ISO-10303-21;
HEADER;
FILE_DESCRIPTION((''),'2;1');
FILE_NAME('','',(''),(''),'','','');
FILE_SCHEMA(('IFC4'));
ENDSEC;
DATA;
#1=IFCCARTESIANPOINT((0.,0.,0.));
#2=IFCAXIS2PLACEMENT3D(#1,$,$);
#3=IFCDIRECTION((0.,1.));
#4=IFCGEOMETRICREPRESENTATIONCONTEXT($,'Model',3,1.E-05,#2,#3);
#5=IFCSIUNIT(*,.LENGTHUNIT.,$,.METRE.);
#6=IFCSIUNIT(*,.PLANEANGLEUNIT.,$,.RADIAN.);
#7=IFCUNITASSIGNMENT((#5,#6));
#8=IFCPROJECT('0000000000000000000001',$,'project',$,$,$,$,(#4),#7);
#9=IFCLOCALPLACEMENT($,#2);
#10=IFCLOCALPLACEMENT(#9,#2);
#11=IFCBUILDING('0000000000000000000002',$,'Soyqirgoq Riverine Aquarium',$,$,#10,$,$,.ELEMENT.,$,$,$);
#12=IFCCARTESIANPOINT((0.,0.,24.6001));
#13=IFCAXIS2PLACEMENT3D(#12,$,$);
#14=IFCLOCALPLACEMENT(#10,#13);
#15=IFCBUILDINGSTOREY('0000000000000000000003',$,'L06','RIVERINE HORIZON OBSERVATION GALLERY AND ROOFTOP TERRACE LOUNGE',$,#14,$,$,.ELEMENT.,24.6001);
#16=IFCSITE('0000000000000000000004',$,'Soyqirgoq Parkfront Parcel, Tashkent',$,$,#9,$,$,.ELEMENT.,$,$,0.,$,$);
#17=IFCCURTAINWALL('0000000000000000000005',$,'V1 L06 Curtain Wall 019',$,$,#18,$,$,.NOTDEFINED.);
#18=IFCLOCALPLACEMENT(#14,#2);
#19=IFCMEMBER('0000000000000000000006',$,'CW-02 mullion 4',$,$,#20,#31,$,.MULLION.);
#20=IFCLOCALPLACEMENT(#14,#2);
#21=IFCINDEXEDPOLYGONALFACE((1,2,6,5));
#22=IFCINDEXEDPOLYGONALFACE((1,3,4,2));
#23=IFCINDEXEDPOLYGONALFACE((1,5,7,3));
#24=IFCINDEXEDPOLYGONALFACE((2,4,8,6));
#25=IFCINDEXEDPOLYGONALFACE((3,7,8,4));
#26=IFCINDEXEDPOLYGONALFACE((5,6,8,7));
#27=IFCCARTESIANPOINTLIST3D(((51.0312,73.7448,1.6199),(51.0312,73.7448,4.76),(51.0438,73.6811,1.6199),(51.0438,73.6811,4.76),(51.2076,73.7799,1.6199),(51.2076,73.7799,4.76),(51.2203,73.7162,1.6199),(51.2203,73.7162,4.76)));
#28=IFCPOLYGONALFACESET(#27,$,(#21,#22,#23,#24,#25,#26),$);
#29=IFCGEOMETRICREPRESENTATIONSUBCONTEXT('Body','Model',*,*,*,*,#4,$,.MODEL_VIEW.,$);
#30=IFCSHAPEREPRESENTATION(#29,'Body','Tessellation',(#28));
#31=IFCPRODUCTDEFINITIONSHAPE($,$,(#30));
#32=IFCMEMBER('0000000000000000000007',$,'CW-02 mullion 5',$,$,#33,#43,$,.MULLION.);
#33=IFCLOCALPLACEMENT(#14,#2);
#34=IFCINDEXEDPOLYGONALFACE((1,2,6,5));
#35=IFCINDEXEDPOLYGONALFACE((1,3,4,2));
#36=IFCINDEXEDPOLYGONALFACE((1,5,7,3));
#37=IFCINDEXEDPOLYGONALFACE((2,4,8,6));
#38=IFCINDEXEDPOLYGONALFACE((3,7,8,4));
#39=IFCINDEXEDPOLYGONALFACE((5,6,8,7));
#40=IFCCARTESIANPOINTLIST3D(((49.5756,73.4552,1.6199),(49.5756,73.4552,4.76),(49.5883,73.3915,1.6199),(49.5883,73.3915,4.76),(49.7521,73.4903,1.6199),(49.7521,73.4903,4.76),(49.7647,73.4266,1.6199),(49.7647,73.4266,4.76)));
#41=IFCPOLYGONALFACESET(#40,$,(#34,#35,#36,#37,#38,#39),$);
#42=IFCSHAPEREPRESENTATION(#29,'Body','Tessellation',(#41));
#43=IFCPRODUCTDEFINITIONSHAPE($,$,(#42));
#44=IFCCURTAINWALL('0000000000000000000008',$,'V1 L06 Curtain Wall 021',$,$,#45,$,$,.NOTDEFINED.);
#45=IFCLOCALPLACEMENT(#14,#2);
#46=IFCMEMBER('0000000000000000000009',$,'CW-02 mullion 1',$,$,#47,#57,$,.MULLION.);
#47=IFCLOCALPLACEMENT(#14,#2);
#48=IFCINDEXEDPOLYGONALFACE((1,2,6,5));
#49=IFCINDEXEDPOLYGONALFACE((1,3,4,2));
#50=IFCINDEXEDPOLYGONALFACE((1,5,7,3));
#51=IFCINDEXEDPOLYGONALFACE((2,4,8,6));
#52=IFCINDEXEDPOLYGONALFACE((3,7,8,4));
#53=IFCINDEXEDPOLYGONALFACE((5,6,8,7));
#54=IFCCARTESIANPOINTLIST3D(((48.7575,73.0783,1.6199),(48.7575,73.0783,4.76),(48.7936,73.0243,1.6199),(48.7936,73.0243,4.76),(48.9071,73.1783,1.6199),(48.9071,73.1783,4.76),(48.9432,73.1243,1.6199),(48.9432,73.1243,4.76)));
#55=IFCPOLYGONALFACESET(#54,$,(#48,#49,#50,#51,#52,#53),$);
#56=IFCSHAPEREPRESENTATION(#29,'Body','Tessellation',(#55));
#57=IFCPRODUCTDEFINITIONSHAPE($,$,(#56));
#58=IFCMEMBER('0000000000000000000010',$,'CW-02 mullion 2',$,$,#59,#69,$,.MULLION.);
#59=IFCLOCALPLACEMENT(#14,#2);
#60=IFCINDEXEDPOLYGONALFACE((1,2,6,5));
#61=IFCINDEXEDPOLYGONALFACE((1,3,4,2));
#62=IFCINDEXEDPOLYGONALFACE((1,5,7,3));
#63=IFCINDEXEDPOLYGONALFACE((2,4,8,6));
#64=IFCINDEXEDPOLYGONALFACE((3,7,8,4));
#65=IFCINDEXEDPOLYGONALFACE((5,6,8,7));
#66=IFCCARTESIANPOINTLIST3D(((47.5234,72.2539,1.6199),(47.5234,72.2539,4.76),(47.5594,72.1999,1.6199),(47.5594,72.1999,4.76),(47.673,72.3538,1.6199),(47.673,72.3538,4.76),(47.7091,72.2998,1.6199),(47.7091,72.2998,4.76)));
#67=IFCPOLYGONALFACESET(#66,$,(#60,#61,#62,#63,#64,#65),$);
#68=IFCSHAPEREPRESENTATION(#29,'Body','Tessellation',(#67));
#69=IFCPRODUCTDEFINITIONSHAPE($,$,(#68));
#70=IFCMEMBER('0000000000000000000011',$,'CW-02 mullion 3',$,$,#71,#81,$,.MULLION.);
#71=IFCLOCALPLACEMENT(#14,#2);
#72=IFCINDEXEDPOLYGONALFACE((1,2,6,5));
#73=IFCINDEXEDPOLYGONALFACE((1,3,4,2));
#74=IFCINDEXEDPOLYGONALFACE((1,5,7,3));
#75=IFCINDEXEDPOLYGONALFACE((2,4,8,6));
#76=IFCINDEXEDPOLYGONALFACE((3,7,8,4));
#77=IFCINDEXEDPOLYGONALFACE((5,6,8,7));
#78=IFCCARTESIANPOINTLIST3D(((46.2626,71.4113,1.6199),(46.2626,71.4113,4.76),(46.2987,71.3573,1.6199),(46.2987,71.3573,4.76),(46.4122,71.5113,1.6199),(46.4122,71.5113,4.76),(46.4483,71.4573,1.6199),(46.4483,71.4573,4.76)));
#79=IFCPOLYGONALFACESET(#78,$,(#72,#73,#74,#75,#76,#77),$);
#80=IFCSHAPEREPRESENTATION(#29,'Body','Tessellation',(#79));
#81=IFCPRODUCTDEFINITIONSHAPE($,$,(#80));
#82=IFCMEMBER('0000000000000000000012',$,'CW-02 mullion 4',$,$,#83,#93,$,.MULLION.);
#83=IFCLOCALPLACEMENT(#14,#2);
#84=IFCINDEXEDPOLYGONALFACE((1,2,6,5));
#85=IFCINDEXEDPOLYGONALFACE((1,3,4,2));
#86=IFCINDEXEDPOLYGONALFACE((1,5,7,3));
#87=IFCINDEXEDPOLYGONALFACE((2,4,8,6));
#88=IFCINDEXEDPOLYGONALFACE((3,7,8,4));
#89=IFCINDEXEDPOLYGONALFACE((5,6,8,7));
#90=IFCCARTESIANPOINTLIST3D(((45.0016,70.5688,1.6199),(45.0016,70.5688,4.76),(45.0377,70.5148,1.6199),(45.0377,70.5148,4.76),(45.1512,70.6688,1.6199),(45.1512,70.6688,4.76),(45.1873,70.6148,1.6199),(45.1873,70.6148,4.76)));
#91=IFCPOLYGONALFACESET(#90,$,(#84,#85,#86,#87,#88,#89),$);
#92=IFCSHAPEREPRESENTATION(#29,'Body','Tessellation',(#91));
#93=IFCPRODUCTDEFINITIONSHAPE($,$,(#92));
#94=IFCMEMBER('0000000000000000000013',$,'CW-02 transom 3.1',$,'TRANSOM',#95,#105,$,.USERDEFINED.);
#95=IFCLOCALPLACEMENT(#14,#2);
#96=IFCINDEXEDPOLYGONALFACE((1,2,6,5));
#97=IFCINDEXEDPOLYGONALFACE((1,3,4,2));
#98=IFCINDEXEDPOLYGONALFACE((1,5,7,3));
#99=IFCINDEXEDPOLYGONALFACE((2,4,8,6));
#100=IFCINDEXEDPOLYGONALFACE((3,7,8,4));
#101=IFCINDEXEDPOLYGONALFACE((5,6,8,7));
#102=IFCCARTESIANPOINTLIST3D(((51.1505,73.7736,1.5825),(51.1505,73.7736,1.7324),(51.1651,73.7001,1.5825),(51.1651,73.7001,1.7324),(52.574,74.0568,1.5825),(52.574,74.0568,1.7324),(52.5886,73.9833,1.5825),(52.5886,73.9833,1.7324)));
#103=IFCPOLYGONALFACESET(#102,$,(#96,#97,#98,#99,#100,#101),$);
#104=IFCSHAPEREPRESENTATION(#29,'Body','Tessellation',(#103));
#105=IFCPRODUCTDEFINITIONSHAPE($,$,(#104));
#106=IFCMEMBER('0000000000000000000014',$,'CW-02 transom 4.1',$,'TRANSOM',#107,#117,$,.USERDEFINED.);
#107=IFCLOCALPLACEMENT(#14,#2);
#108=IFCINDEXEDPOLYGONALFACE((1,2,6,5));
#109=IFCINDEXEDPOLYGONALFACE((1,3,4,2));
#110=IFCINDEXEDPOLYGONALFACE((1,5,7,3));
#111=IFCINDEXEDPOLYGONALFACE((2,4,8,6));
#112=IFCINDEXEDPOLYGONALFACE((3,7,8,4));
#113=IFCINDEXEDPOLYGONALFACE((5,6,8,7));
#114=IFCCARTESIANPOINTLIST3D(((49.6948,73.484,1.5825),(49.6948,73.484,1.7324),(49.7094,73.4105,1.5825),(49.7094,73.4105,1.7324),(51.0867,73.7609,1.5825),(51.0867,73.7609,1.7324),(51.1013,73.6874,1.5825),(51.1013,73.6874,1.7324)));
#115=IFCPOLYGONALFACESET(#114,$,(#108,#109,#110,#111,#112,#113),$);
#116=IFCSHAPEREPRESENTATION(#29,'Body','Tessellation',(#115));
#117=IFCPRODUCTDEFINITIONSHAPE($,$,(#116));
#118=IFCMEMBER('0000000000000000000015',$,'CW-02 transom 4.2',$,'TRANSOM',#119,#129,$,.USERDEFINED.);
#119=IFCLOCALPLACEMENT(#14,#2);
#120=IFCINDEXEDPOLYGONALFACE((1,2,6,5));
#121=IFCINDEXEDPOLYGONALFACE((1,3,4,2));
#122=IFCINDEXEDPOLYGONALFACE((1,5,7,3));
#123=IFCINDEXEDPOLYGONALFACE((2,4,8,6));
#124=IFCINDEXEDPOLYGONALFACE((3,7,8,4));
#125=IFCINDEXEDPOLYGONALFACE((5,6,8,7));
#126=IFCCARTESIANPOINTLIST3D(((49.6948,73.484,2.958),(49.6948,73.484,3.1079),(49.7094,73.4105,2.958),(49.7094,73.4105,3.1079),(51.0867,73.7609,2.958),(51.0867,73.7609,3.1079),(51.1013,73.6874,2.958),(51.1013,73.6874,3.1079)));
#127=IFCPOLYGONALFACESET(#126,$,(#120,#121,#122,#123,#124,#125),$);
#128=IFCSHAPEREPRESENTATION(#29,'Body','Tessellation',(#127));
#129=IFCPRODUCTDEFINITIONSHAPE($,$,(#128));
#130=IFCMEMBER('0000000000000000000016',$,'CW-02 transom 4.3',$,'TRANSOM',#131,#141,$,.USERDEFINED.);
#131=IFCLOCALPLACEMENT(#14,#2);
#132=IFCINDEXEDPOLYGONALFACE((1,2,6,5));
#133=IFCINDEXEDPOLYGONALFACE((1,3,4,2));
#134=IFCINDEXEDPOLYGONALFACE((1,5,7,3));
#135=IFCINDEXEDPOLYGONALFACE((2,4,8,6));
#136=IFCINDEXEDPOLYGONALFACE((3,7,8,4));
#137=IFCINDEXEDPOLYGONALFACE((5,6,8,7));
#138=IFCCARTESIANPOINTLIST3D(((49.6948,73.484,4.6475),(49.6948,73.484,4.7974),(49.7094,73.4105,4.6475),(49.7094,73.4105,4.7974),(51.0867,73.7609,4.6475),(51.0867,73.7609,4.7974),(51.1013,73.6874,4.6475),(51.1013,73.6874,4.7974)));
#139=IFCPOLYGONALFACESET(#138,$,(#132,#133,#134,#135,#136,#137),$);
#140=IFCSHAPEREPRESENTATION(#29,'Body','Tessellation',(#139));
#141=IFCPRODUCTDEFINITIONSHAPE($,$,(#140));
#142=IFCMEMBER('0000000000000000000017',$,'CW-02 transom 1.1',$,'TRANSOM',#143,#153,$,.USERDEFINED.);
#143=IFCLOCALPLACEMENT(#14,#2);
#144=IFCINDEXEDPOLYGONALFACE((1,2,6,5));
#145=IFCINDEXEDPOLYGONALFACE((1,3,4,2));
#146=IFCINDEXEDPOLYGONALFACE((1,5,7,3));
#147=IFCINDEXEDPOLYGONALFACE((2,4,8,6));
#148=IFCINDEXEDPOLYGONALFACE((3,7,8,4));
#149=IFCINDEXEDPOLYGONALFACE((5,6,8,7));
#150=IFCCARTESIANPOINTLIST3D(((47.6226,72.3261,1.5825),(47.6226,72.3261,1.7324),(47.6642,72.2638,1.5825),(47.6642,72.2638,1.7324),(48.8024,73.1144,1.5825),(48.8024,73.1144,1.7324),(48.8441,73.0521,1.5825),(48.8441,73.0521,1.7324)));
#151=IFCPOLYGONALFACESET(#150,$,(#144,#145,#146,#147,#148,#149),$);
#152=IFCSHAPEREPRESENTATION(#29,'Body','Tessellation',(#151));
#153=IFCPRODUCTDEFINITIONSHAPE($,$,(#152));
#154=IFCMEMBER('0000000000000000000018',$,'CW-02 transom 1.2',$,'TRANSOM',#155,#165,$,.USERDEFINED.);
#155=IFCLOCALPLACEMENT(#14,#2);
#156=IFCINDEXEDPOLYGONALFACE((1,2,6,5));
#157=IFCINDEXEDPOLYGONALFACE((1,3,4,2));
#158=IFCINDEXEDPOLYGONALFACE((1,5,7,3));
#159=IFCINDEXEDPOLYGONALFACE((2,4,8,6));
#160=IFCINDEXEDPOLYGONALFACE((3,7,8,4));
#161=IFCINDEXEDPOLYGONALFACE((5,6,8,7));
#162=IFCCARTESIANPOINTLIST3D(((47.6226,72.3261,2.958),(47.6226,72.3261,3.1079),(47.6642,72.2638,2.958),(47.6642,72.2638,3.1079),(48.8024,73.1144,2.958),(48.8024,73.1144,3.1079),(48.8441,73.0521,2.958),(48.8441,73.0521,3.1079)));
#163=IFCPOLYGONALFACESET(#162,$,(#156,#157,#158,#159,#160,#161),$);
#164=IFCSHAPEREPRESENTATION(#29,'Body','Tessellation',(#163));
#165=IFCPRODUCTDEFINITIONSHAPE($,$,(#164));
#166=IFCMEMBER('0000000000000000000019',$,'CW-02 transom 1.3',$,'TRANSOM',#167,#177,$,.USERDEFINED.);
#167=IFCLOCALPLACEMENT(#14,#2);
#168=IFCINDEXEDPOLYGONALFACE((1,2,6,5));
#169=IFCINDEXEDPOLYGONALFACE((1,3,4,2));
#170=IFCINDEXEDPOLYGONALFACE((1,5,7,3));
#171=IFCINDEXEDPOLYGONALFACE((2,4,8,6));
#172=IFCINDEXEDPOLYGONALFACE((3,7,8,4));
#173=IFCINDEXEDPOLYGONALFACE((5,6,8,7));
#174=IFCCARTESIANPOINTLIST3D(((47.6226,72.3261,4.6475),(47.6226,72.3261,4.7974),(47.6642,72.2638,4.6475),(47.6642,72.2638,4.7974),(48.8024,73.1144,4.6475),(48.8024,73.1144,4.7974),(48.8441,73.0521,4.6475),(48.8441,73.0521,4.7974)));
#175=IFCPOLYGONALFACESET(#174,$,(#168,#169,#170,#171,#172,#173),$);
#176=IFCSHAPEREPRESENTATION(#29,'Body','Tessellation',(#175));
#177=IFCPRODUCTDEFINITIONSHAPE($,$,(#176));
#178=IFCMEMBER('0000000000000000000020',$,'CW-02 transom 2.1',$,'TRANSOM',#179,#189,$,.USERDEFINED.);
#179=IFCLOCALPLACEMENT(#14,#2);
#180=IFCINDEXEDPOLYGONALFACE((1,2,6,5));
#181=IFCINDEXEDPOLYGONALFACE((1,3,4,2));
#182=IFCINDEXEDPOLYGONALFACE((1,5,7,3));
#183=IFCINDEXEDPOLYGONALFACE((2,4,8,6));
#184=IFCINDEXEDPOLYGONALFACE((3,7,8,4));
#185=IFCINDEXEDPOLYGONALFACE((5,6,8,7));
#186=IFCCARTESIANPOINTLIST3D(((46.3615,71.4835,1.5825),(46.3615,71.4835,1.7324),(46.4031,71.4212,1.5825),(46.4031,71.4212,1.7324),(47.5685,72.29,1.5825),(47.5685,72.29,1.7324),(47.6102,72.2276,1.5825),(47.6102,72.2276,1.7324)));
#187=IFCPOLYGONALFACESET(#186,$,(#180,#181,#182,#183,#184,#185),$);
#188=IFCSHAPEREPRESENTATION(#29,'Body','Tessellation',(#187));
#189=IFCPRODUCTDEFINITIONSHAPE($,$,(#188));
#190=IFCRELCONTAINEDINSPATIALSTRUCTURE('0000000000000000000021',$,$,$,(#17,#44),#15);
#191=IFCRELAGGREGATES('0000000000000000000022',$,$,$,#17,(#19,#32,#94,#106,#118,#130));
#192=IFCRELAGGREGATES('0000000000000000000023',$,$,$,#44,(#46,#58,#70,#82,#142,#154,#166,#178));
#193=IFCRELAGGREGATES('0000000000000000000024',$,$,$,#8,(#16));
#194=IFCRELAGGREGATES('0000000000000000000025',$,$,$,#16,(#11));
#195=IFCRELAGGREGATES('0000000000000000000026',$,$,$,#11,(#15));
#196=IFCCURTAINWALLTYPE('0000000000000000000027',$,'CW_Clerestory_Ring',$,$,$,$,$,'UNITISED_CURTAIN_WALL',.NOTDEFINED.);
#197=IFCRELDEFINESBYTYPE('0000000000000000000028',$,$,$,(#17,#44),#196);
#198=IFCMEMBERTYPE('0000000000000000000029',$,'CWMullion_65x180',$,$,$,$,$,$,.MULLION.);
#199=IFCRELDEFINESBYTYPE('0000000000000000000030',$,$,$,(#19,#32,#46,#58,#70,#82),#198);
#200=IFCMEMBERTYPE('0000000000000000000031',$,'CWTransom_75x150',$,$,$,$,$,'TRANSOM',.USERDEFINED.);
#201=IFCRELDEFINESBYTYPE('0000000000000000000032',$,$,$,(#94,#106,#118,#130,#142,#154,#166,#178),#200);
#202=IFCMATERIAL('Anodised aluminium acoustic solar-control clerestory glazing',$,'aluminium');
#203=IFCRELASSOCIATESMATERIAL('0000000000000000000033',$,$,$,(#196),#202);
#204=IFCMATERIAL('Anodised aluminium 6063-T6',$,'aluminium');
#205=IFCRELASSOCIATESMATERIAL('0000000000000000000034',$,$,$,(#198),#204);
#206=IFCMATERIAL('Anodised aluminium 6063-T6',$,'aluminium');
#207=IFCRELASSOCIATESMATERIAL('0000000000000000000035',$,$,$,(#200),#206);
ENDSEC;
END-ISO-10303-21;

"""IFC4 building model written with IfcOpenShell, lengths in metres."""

from ifc_helpers import new_model, si_unit, direction, frame, origin, origin_2d, place, context, subcontext, project, spatial, rectangle, extrude, material, material_profile, profile_set, type_object, element, aggregate, save


model = new_model("IFC4")

# Units and contexts
model_context = context("Model", 3, precision=1e-05, world=origin(), true_north=direction((0.0, 1.0)))
body_context = subcontext(model_context, "Body", "Model", "MODEL_VIEW")
ifc_project = project(units=[si_unit("LENGTHUNIT", "METRE"), si_unit("PLANEANGLEUNIT", "RADIAN")], contexts=[model_context])

# Site, building, storey
site_placement = place(None, origin())
site = spatial("IfcSite", under=ifc_project, at=site_placement, Name="Soyqirgoq Parkfront Parcel, Tashkent", CompositionType="ELEMENT", RefElevation=0.0)
building_placement = place(site_placement, origin())
building = spatial("IfcBuilding", under=site, at=building_placement, Name="Soyqirgoq Riverine Aquarium", CompositionType="ELEMENT")
storey_placement = place(building_placement, frame((0.0, 0.0, 24.6001)))
storey = spatial("IfcBuildingStorey", under=building, at=storey_placement, Name="L06", Description="RIVERINE HORIZON OBSERVATION GALLERY AND ROOFTOP TERRACE LOUNGE", CompositionType="ELEMENT", Elevation=24.6001)

# Curtain walls, members
ifc_material_1 = material(Name="Anodised aluminium acoustic solar-control clerestory glazing", Category="aluminium")
curtain_wall_type = type_object("IfcCurtainWallType", Name="CW_Clerestory_Ring", ElementType="UNITISED_CURTAIN_WALL", PredefinedType="NOTDEFINED", material=ifc_material_1)
curtain_wall_1_placement = place(storey_placement, origin())
curtain_wall_1 = element("IfcCurtainWall", 1, at=curtain_wall_1_placement, inside=storey, type_object=curtain_wall_type, Name="V1 L06 Curtain Wall 019", PredefinedType="NOTDEFINED")
ifc_material_2 = material(Name="Anodised aluminium 6063-T6", Category="aluminium")
ifc_material_profile_1 = material_profile(ifc_material_2, rectangle(XDim=0.0649, YDim=0.1799, at=origin_2d()), Name="ALU-M 65x180")
ifc_profile_set_1 = profile_set([ifc_material_profile_1], Name="Anodised aluminium 6063-T6")
member_type_1 = type_object("IfcMemberType", Name="CWMullion_65x180", PredefinedType="MULLION", material=ifc_profile_set_1)
member_1_placement = place(storey_placement, frame((51.1257, 73.7305, 1.6199), z_axis=(0.0, 0.0, 1.0), x_axis=(0.195095, -0.980784, 0.0)))
member_1 = element("IfcMember", 2, at=member_1_placement, type_object=member_type_1, Name="CW-02 mullion 4", PredefinedType="MULLION", context=body_context, shape_type="SweptSolid", body=[
    extrude(rectangle(XDim=0.0649, YDim=0.1799, at=origin_2d()), origin(), (0.0, 0.0, 1.0), 3.1401),
])
member_2_placement = place(storey_placement, frame((49.6702, 73.4409, 1.6199), z_axis=(0.0, 0.0, 1.0), x_axis=(0.195095, -0.980784, 0.0)))
member_2 = element("IfcMember", 3, at=member_2_placement, type_object=member_type_1, Name="CW-02 mullion 5", PredefinedType="MULLION", context=body_context, shape_type="SweptSolid", body=[
    extrude(rectangle(XDim=0.0649, YDim=0.1799, at=origin_2d()), origin(), (0.0, 0.0, 1.0), 3.1401),
])
curtain_wall_2_placement = place(storey_placement, origin())
curtain_wall_2 = element("IfcCurtainWall", 4, at=curtain_wall_2_placement, inside=storey, type_object=curtain_wall_type, Name="V1 L06 Curtain Wall 021", PredefinedType="NOTDEFINED")
member_3_placement = place(storey_placement, frame((48.8503, 73.1013, 1.6199), z_axis=(0.0, 0.0, 1.0), x_axis=(0.555579, -0.831464, 0.0)))
member_3 = element("IfcMember", 5, at=member_3_placement, type_object=member_type_1, Name="CW-02 mullion 1", PredefinedType="MULLION", context=body_context, shape_type="SweptSolid", body=[
    extrude(rectangle(XDim=0.0649, YDim=0.1799, at=origin_2d()), origin(), (0.0, 0.0, 1.0), 3.1401),
])
member_4_placement = place(storey_placement, frame((47.6162, 72.2769, 1.6199), z_axis=(0.0, 0.0, 1.0), x_axis=(0.555579, -0.831464, 0.0)))
member_4 = element("IfcMember", 6, at=member_4_placement, type_object=member_type_1, Name="CW-02 mullion 2", PredefinedType="MULLION", context=body_context, shape_type="SweptSolid", body=[
    extrude(rectangle(XDim=0.0649, YDim=0.1799, at=origin_2d()), origin(), (0.0, 0.0, 1.0), 3.1401),
])
member_5_placement = place(storey_placement, frame((46.3555, 71.4343, 1.6199), z_axis=(0.0, 0.0, 1.0), x_axis=(0.555579, -0.831464, 0.0)))
member_5 = element("IfcMember", 7, at=member_5_placement, type_object=member_type_1, Name="CW-02 mullion 3", PredefinedType="MULLION", context=body_context, shape_type="SweptSolid", body=[
    extrude(rectangle(XDim=0.0649, YDim=0.1799, at=origin_2d()), origin(), (0.0, 0.0, 1.0), 3.1401),
])
member_6_placement = place(storey_placement, frame((45.0945, 70.5918, 1.6199), z_axis=(0.0, 0.0, 1.0), x_axis=(0.555579, -0.831464, 0.0)))
member_6 = element("IfcMember", 8, at=member_6_placement, type_object=member_type_1, Name="CW-02 mullion 4", PredefinedType="MULLION", context=body_context, shape_type="SweptSolid", body=[
    extrude(rectangle(XDim=0.0649, YDim=0.1799, at=origin_2d()), origin(), (0.0, 0.0, 1.0), 3.1401),
])

# Members
ifc_material_3 = material(Name="Anodised aluminium 6063-T6", Category="aluminium")
ifc_material_profile_2 = material_profile(ifc_material_3, rectangle(XDim=0.075, YDim=0.1499, at=origin_2d()), Name="ALU-T 75x150")
ifc_profile_set_2 = profile_set([ifc_material_profile_2], Name="Anodised aluminium 6063-T6")
member_type_2 = type_object("IfcMemberType", Name="CWTransom_75x150", ElementType="TRANSOM", PredefinedType="USERDEFINED", material=ifc_profile_set_2)
member_7_placement = place(storey_placement, frame((52.5813, 74.02, 1.6575), z_axis=(-0.980781, -0.195113, 0.0), x_axis=(0.195113, -0.980781, 0.0)))
member_7 = element("IfcMember", 9, at=member_7_placement, type_object=member_type_2, Name="CW-02 transom 3.1", ObjectType="TRANSOM", PredefinedType="USERDEFINED", context=body_context, shape_type="SweptSolid", body=[
    extrude(rectangle(XDim=0.075, YDim=0.1499, at=origin_2d()), origin(), (0.0, 0.0, 1.0), 1.4514),
])
member_8_placement = place(storey_placement, frame((51.094, 73.7241, 1.6575), z_axis=(-0.980785, -0.19509, 0.0), x_axis=(0.19509, -0.980785, 0.0)))
member_8 = element("IfcMember", 10, at=member_8_placement, type_object=member_type_2, Name="CW-02 transom 4.1", ObjectType="TRANSOM", PredefinedType="USERDEFINED", context=body_context, shape_type="SweptSolid", body=[
    extrude(rectangle(XDim=0.075, YDim=0.1499, at=origin_2d()), origin(), (0.0, 0.0, 1.0), 1.4192),
])
member_9_placement = place(storey_placement, frame((51.094, 73.7241, 3.033), z_axis=(-0.980785, -0.19509, 0.0), x_axis=(0.19509, -0.980785, 0.0)))
member_9 = element("IfcMember", 11, at=member_9_placement, type_object=member_type_2, Name="CW-02 transom 4.2", ObjectType="TRANSOM", PredefinedType="USERDEFINED", context=body_context, shape_type="SweptSolid", body=[
    extrude(rectangle(XDim=0.075, YDim=0.1499, at=origin_2d()), origin(), (0.0, 0.0, 1.0), 1.4192),
])
member_10_placement = place(storey_placement, frame((51.094, 73.7241, 4.7224), z_axis=(-0.980785, -0.19509, 0.0), x_axis=(0.19509, -0.980785, 0.0)))
member_10 = element("IfcMember", 12, at=member_10_placement, type_object=member_type_2, Name="CW-02 transom 4.3", ObjectType="TRANSOM", PredefinedType="USERDEFINED", context=body_context, shape_type="SweptSolid", body=[
    extrude(rectangle(XDim=0.075, YDim=0.1499, at=origin_2d()), origin(), (0.0, 0.0, 1.0), 1.4192),
])
member_11_placement = place(storey_placement, frame((48.8232, 73.0833, 1.6575), z_axis=(-0.831494, -0.555534, 0.0), x_axis=(0.555534, -0.831494, 0.0)))
member_11 = element("IfcMember", 13, at=member_11_placement, type_object=member_type_2, Name="CW-02 transom 1.1", ObjectType="TRANSOM", PredefinedType="USERDEFINED", context=body_context, shape_type="SweptSolid", body=[
    extrude(rectangle(XDim=0.075, YDim=0.1499, at=origin_2d()), origin(), (0.0, 0.0, 1.0), 1.4189),
])
member_12_placement = place(storey_placement, frame((48.8232, 73.0833, 3.033), z_axis=(-0.831494, -0.555534, 0.0), x_axis=(0.555534, -0.831494, 0.0)))
member_12 = element("IfcMember", 14, at=member_12_placement, type_object=member_type_2, Name="CW-02 transom 1.2", ObjectType="TRANSOM", PredefinedType="USERDEFINED", context=body_context, shape_type="SweptSolid", body=[
    extrude(rectangle(XDim=0.075, YDim=0.1499, at=origin_2d()), origin(), (0.0, 0.0, 1.0), 1.4189),
])
member_13_placement = place(storey_placement, frame((48.8232, 73.0833, 4.7224), z_axis=(-0.831494, -0.555534, 0.0), x_axis=(0.555534, -0.831494, 0.0)))
member_13 = element("IfcMember", 15, at=member_13_placement, type_object=member_type_2, Name="CW-02 transom 1.3", ObjectType="TRANSOM", PredefinedType="USERDEFINED", context=body_context, shape_type="SweptSolid", body=[
    extrude(rectangle(XDim=0.075, YDim=0.1499, at=origin_2d()), origin(), (0.0, 0.0, 1.0), 1.4189),
])
member_14_placement = place(storey_placement, frame((47.5894, 72.2588, 1.6575), z_axis=(-0.831507, -0.555515, 0.0), x_axis=(0.555515, -0.831507, 0.0)))
member_14 = element("IfcMember", 16, at=member_14_placement, type_object=member_type_2, Name="CW-02 transom 2.1", ObjectType="TRANSOM", PredefinedType="USERDEFINED", context=body_context, shape_type="SweptSolid", body=[
    extrude(rectangle(XDim=0.075, YDim=0.1499, at=origin_2d()), origin(), (0.0, 0.0, 1.0), 1.4517),
])

aggregate(curtain_wall_1, [member_1, member_2, member_7, member_8, member_9, member_10])
aggregate(curtain_wall_2, [member_3, member_4, member_5, member_6, member_11, member_12, member_13, member_14])

save(model, "model.ifc")
